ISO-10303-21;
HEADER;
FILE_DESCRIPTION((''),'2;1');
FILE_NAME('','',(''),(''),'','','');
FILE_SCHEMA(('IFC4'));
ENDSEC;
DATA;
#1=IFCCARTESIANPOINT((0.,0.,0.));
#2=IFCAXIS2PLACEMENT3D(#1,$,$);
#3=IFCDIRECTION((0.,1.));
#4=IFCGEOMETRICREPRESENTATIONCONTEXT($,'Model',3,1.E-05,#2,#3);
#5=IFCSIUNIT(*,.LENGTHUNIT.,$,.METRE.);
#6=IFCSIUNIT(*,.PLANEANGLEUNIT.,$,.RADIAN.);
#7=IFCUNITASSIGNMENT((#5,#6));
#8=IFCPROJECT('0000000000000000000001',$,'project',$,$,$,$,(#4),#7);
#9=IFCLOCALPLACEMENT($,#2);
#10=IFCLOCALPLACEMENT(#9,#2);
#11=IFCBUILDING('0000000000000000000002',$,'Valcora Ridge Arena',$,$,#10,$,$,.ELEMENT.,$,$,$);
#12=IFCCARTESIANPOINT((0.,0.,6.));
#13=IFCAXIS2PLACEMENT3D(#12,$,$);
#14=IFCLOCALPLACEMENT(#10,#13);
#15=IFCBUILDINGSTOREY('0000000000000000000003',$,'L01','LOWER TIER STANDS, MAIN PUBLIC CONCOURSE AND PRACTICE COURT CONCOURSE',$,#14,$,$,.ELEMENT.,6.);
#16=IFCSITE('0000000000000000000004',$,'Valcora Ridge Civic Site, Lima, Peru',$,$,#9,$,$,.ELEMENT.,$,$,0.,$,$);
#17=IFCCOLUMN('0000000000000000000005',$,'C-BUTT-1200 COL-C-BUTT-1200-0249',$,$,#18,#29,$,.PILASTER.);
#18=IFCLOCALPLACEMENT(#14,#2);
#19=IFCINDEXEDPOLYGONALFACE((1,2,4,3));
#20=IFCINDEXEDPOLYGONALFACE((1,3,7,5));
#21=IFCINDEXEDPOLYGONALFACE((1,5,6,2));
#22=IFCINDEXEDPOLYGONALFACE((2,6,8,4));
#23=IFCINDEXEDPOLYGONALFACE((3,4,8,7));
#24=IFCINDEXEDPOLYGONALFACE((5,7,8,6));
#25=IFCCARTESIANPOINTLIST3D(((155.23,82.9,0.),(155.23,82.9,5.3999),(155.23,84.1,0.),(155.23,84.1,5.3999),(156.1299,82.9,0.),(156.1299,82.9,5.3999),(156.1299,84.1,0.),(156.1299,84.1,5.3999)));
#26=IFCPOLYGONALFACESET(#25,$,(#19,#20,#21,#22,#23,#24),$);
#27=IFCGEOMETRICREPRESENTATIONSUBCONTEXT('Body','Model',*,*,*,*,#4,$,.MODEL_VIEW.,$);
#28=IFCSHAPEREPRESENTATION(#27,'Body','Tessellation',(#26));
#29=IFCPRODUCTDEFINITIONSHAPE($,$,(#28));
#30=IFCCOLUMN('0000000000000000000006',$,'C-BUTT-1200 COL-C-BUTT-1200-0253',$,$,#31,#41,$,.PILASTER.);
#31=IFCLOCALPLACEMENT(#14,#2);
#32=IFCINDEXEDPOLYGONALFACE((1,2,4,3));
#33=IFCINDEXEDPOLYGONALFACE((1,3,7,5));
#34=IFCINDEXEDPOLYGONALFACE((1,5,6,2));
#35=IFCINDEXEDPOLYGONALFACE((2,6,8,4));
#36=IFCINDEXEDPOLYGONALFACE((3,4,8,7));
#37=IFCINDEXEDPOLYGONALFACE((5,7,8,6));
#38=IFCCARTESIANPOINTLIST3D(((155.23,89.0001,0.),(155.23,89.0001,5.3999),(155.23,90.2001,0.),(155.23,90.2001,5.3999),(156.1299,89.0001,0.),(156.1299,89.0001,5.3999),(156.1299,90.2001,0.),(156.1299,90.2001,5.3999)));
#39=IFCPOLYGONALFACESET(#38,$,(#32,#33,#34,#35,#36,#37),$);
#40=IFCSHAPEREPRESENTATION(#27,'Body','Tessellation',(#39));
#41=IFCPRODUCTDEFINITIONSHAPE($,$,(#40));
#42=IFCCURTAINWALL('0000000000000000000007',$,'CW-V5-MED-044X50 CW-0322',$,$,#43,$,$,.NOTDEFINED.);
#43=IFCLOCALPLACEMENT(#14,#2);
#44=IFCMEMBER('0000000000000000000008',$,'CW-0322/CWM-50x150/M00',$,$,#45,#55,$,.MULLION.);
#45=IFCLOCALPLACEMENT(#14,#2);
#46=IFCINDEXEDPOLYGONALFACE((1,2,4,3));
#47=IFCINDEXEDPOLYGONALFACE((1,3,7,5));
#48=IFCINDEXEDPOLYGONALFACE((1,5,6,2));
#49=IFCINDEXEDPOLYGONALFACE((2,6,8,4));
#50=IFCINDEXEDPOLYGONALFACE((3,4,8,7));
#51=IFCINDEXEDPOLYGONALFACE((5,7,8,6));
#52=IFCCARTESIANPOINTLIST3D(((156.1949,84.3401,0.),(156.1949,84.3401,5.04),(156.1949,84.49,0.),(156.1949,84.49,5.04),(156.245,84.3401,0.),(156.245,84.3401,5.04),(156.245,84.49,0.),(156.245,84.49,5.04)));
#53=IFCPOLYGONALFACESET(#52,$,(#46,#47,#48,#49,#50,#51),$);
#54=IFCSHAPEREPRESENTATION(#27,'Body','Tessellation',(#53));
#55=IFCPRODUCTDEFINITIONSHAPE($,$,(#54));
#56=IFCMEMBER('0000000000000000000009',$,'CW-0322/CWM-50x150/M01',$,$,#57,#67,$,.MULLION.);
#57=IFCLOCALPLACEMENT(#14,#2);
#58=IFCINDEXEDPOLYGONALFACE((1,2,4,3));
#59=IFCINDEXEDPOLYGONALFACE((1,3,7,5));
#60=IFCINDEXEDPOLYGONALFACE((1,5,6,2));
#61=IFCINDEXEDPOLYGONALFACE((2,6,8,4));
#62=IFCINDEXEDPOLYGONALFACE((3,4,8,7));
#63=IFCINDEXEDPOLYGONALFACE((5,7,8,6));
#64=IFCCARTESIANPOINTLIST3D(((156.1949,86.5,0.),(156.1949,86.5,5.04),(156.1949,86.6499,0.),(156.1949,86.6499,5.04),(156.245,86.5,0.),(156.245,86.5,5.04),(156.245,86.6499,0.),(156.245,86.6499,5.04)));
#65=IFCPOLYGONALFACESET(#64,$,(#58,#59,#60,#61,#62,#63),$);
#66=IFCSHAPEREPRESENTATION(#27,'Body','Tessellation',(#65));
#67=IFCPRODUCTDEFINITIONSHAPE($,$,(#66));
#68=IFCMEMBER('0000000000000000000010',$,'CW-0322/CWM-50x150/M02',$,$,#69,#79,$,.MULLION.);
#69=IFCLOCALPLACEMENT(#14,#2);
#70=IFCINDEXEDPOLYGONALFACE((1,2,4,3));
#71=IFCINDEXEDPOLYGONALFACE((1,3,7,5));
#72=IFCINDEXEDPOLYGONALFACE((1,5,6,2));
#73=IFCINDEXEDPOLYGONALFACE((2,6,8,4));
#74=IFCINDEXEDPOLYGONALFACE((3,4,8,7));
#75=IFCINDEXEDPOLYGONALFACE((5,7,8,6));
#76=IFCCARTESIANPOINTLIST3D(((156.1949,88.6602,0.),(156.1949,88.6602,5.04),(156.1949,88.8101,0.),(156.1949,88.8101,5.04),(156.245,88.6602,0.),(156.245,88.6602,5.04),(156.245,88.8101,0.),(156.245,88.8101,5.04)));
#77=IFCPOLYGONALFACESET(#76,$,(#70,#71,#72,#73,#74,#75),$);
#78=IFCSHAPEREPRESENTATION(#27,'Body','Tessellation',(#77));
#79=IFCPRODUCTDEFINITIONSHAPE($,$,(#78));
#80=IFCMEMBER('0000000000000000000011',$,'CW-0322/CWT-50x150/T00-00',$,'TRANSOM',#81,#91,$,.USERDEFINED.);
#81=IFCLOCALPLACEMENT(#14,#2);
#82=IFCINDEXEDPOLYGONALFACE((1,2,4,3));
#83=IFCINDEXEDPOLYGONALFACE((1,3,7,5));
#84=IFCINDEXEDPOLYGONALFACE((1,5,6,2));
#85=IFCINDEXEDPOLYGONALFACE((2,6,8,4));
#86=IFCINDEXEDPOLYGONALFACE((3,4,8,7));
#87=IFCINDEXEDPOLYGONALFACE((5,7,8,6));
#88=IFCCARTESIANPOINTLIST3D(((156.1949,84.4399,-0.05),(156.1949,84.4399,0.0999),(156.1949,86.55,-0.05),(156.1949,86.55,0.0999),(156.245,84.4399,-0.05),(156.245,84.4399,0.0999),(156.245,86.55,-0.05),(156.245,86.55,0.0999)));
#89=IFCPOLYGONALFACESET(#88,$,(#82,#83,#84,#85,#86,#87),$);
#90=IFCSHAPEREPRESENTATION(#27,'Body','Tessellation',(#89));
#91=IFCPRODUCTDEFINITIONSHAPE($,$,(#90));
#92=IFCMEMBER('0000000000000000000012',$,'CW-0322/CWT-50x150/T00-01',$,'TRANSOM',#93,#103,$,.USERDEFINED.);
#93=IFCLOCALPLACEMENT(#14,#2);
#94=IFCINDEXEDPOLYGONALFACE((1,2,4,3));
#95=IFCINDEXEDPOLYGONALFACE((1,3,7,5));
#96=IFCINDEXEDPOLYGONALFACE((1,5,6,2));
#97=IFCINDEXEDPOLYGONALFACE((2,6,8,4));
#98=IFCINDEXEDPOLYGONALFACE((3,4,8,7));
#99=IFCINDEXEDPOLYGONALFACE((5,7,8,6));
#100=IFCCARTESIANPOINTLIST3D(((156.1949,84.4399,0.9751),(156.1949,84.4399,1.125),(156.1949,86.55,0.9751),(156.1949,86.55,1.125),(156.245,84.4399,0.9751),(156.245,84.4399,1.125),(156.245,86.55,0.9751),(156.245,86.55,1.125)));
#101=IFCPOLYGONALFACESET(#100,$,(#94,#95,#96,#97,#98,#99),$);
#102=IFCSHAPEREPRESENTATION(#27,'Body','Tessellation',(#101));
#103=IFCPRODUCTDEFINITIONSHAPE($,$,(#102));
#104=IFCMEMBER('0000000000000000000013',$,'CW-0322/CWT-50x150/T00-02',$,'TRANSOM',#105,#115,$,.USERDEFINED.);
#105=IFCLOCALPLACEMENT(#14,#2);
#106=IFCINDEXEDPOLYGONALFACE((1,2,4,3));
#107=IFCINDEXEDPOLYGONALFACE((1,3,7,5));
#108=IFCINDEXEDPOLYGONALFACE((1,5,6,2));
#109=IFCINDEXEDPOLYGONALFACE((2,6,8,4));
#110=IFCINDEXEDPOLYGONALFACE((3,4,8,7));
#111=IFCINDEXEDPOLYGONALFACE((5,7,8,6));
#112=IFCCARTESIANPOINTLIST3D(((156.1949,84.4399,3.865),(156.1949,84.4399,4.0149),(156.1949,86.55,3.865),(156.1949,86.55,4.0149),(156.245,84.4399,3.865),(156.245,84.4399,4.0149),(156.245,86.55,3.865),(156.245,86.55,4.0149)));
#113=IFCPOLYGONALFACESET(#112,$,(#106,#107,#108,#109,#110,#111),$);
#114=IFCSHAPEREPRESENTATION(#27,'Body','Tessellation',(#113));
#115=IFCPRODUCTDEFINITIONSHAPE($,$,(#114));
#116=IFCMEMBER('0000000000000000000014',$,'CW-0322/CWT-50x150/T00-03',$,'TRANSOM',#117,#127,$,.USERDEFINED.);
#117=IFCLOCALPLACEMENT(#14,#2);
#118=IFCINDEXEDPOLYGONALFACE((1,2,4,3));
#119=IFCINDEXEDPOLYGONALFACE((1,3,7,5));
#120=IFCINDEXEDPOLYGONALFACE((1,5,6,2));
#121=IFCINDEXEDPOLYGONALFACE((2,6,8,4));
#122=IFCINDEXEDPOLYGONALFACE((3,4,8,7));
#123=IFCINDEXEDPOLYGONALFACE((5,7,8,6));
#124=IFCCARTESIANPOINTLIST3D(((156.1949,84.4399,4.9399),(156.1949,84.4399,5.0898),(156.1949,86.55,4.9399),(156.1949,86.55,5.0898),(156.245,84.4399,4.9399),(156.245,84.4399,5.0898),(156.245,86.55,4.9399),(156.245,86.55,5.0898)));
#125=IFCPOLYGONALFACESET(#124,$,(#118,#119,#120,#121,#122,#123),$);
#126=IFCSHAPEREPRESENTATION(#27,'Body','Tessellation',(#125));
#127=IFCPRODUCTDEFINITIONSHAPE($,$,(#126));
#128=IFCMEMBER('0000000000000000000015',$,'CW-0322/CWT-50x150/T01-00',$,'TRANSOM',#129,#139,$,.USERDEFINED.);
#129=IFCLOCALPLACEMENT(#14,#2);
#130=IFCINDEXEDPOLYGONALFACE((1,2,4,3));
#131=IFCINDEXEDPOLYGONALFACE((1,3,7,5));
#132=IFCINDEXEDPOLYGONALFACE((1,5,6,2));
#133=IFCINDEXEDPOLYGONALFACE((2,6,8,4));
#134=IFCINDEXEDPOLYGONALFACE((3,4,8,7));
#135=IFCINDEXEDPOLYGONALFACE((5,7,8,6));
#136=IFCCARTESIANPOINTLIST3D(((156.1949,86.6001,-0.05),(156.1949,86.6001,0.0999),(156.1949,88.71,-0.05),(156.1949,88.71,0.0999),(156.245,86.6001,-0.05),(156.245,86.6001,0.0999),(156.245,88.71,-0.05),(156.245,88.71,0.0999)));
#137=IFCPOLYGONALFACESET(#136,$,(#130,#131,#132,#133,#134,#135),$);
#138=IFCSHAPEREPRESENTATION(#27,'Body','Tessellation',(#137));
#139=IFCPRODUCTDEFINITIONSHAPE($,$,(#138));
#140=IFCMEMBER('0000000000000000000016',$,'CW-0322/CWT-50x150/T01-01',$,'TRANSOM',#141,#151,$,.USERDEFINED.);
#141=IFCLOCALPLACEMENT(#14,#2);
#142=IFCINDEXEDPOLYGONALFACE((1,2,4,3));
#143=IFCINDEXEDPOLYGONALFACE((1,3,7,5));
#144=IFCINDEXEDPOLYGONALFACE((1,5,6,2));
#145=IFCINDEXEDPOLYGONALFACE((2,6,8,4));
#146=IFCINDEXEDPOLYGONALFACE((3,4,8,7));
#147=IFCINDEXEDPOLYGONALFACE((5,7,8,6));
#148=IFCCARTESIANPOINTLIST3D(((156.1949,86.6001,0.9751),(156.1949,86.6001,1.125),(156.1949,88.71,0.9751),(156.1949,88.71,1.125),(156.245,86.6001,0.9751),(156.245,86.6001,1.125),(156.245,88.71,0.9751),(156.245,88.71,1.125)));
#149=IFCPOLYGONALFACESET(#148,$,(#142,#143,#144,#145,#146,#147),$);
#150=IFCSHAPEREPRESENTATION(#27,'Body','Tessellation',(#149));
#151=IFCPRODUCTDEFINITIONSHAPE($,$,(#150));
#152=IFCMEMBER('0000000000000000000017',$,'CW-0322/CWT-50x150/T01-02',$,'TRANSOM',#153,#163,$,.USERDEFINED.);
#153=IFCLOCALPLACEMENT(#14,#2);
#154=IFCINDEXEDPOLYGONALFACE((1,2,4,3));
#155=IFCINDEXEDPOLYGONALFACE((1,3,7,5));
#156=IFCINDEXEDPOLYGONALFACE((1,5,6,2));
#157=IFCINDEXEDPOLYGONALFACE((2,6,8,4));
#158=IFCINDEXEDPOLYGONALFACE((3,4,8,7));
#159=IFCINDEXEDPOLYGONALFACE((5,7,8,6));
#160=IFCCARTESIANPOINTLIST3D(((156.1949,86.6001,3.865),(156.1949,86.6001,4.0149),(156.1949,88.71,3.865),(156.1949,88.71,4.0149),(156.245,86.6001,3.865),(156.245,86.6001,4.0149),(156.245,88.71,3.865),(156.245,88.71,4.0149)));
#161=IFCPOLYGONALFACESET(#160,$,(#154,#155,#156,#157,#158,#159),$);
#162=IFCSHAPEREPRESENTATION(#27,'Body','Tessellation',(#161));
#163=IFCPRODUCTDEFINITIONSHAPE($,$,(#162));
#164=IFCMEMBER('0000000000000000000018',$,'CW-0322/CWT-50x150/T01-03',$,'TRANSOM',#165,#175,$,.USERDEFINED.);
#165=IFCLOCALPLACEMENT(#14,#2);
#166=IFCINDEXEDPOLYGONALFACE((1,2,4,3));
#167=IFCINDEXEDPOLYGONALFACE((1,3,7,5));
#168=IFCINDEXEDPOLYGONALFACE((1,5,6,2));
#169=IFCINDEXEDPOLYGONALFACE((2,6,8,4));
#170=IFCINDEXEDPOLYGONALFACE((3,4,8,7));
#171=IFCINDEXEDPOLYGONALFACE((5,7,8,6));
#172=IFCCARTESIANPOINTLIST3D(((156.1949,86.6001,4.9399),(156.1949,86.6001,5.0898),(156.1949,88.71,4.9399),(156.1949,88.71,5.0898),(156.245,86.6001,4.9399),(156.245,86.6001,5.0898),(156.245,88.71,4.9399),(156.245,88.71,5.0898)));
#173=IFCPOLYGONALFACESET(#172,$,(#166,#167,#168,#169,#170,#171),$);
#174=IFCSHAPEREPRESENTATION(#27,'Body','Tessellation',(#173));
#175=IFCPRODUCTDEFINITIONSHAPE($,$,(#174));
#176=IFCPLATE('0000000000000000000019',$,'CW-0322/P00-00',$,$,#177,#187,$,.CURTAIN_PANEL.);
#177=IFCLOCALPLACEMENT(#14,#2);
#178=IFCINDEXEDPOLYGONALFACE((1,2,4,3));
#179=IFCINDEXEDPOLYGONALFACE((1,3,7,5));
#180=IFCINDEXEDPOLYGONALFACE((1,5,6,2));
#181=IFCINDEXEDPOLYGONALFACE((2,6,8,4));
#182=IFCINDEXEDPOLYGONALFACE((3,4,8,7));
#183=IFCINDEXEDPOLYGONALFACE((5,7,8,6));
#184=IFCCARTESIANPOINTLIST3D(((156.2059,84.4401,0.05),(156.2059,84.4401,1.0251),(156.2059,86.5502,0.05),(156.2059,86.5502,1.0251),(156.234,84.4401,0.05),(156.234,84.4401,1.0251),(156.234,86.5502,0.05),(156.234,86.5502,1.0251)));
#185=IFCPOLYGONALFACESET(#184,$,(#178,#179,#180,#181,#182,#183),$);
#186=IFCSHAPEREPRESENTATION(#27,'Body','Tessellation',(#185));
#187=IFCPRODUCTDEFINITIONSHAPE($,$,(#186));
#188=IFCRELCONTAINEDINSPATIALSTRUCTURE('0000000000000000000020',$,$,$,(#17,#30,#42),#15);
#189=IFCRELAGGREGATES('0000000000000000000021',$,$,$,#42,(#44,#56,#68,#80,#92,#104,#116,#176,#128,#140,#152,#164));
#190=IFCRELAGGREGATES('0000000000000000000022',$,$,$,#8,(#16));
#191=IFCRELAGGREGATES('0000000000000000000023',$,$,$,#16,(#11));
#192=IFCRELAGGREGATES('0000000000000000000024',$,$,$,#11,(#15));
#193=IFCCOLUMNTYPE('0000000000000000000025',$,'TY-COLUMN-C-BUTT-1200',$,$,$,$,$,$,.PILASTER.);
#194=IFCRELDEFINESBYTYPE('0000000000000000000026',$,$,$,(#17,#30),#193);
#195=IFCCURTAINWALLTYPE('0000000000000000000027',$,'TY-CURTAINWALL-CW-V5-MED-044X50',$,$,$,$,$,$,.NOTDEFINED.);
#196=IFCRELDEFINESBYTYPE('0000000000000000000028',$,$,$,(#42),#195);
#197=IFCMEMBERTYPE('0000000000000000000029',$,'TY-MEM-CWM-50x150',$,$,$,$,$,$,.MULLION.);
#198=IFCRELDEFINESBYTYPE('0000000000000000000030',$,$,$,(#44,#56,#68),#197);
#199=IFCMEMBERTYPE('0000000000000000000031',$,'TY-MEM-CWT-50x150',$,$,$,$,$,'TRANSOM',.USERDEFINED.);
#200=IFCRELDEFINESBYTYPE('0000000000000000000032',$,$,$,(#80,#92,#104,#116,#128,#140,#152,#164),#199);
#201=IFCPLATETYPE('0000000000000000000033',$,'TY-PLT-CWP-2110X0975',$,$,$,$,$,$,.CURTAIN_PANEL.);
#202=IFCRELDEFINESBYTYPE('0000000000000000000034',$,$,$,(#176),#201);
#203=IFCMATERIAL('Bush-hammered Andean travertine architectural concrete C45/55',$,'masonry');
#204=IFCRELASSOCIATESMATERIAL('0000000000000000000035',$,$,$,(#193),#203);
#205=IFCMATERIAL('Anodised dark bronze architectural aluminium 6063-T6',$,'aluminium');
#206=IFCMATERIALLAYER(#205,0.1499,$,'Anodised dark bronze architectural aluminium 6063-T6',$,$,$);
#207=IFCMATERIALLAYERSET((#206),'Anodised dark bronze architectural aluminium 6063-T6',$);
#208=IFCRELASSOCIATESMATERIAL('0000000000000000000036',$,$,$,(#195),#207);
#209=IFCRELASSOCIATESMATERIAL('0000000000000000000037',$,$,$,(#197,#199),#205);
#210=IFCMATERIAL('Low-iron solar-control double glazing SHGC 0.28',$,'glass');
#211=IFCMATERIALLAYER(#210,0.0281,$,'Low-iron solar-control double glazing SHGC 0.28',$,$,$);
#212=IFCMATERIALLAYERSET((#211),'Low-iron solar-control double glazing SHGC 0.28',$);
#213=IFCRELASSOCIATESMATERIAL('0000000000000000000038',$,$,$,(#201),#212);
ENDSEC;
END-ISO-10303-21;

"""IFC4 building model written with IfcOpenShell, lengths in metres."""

from ifc_helpers import new_model, si_unit, direction, frame, origin, origin_2d, place, context, subcontext, project, spatial, rectangle, extrude, material, layer, layer_set, material_profile, profile_set, type_object, element, aggregate, save


model = new_model("IFC4")

# Units and contexts
model_context = context("Model", 3, precision=1e-05, world=origin(), true_north=direction((0.0, 1.0)))
body_context = subcontext(model_context, "Body", "Model", "MODEL_VIEW")
ifc_project = project(units=[si_unit("LENGTHUNIT", "METRE"), si_unit("PLANEANGLEUNIT", "RADIAN")], contexts=[model_context])

# Site, building, storey
site_placement = place(None, origin())
site = spatial("IfcSite", under=ifc_project, at=site_placement, Name="Valcora Ridge Civic Site, Lima, Peru", CompositionType="ELEMENT", RefElevation=0.0)
building_placement = place(site_placement, origin())
building = spatial("IfcBuilding", under=site, at=building_placement, Name="Valcora Ridge Arena", CompositionType="ELEMENT")
storey_placement = place(building_placement, frame((0.0, 0.0, 6.0)))
storey = spatial("IfcBuildingStorey", under=building, at=storey_placement, Name="L01", Description="LOWER TIER STANDS, MAIN PUBLIC CONCOURSE AND PRACTICE COURT CONCOURSE", CompositionType="ELEMENT", Elevation=6.0)

# Columns
ifc_material_1 = material(Name="Bush-hammered Andean travertine architectural concrete C45/55", Category="masonry")
ifc_material_profile_1 = material_profile(ifc_material_1, rectangle(XDim=0.8999, YDim=1.2, at=origin_2d()), Name="RC 900x1200")
ifc_profile_set_1 = profile_set([ifc_material_profile_1], Name="Bush-hammered Andean travertine architectural concrete C45/55")
column_type = type_object("IfcColumnType", Name="TY-COLUMN-C-BUTT-1200", PredefinedType="PILASTER", material=ifc_profile_set_1)
for number, where, z_axis, x_axis, name in (
    (1, (155.6799, 83.5, 0.0), (0.0, 0.0, 1.0), (1.0, 0.0, 0.0), "C-BUTT-1200 COL-C-BUTT-1200-0249"),
    (2, (155.6799, 89.6001, 0.0), (0.0, 0.0, 1.0), (1.0, 0.0, 0.0), "C-BUTT-1200 COL-C-BUTT-1200-0253"),
):
    element("IfcColumn", number, at=place(storey_placement, frame(where, z_axis=z_axis, x_axis=x_axis)), inside=storey, type_object=column_type, Name=name, PredefinedType="PILASTER", context=body_context, shape_type="SweptSolid", body=[
        extrude(rectangle(XDim=0.8999, YDim=1.2, at=origin_2d()), origin(), (0.0, 0.0, 1.0), 5.3999),
    ])

# Curtain wall, members, plate
ifc_material_2 = material(Name="Anodised dark bronze architectural aluminium 6063-T6", Category="aluminium")
ifc_layer_1 = layer(ifc_material_2, 0.1499, Name="Anodised dark bronze architectural aluminium 6063-T6")
ifc_layer_set_1 = layer_set([ifc_layer_1], Name="Anodised dark bronze architectural aluminium 6063-T6")
curtain_wall_type = type_object("IfcCurtainWallType", Name="TY-CURTAINWALL-CW-V5-MED-044X50", PredefinedType="NOTDEFINED", material=ifc_layer_set_1)
curtain_wall_placement = place(storey_placement, origin())
curtain_wall = element("IfcCurtainWall", 3, at=curtain_wall_placement, inside=storey, type_object=curtain_wall_type, Name="CW-V5-MED-044X50 CW-0322", PredefinedType="NOTDEFINED")
ifc_material_profile_2 = material_profile(ifc_material_2, rectangle(XDim=0.05, YDim=0.1499, at=origin_2d()), Name="ALU MULLION 50x150")
ifc_profile_set_2 = profile_set([ifc_material_profile_2], Name="Anodised dark bronze architectural aluminium 6063-T6")
member_type_1 = type_object("IfcMemberType", Name="TY-MEM-CWM-50x150", PredefinedType="MULLION", material=ifc_profile_set_2)
member_1_placement = place(storey_placement, frame((156.22, 84.415, 0.0), z_axis=(0.0, 0.0, 1.0), x_axis=(-1.0, 0.0, 0.0)))
member_1 = element("IfcMember", 4, at=member_1_placement, type_object=member_type_1, Name="CW-0322/CWM-50x150/M00", PredefinedType="MULLION", context=body_context, shape_type="SweptSolid", body=[
    extrude(rectangle(XDim=0.05, YDim=0.1499, at=origin_2d()), origin(), (0.0, 0.0, 1.0), 5.04),
])
member_2_placement = place(storey_placement, frame((156.22, 86.575, 0.0), z_axis=(0.0, 0.0, 1.0), x_axis=(-1.0, 0.0, 0.0)))
member_2 = element("IfcMember", 5, at=member_2_placement, type_object=member_type_1, Name="CW-0322/CWM-50x150/M01", PredefinedType="MULLION", context=body_context, shape_type="SweptSolid", body=[
    extrude(rectangle(XDim=0.05, YDim=0.1499, at=origin_2d()), origin(), (0.0, 0.0, 1.0), 5.04),
])
member_3_placement = place(storey_placement, frame((156.22, 88.7351, 0.0), z_axis=(0.0, 0.0, 1.0), x_axis=(-1.0, 0.0, 0.0)))
member_3 = element("IfcMember", 6, at=member_3_placement, type_object=member_type_1, Name="CW-0322/CWM-50x150/M02", PredefinedType="MULLION", context=body_context, shape_type="SweptSolid", body=[
    extrude(rectangle(XDim=0.05, YDim=0.1499, at=origin_2d()), origin(), (0.0, 0.0, 1.0), 5.04),
])
ifc_material_profile_3 = material_profile(ifc_material_2, rectangle(XDim=0.05, YDim=0.1499, at=origin_2d()), Name="ALU TRANSOM 50x150")
ifc_profile_set_3 = profile_set([ifc_material_profile_3], Name="Anodised dark bronze architectural aluminium 6063-T6")
member_type_2 = type_object("IfcMemberType", Name="TY-MEM-CWT-50x150", ElementType="TRANSOM", PredefinedType="USERDEFINED", material=ifc_profile_set_3)
member_4_placement = place(storey_placement, frame((156.22, 84.4399, 0.0249), z_axis=(0.0, 1.0, 0.0), x_axis=(-1.0, 0.0, 0.0)))
member_4 = element("IfcMember", 7, at=member_4_placement, type_object=member_type_2, Name="CW-0322/CWT-50x150/T00-00", ObjectType="TRANSOM", PredefinedType="USERDEFINED", context=body_context, shape_type="SweptSolid", body=[
    extrude(rectangle(XDim=0.05, YDim=0.1499, at=origin_2d()), origin(), (0.0, 0.0, 1.0), 2.1101),
])
member_5_placement = place(storey_placement, frame((156.22, 84.4399, 1.05), z_axis=(0.0, 1.0, 0.0), x_axis=(-1.0, 0.0, 0.0)))
member_5 = element("IfcMember", 8, at=member_5_placement, type_object=member_type_2, Name="CW-0322/CWT-50x150/T00-01", ObjectType="TRANSOM", PredefinedType="USERDEFINED", context=body_context, shape_type="SweptSolid", body=[
    extrude(rectangle(XDim=0.05, YDim=0.1499, at=origin_2d()), origin(), (0.0, 0.0, 1.0), 2.1101),
])
member_6_placement = place(storey_placement, frame((156.22, 84.4399, 3.9399), z_axis=(0.0, 1.0, 0.0), x_axis=(-1.0, 0.0, 0.0)))
member_6 = element("IfcMember", 9, at=member_6_placement, type_object=member_type_2, Name="CW-0322/CWT-50x150/T00-02", ObjectType="TRANSOM", PredefinedType="USERDEFINED", context=body_context, shape_type="SweptSolid", body=[
    extrude(rectangle(XDim=0.05, YDim=0.1499, at=origin_2d()), origin(), (0.0, 0.0, 1.0), 2.1101),
])
member_7_placement = place(storey_placement, frame((156.22, 84.4399, 5.0149), z_axis=(0.0, 1.0, 0.0), x_axis=(-1.0, 0.0, 0.0)))
member_7 = element("IfcMember", 10, at=member_7_placement, type_object=member_type_2, Name="CW-0322/CWT-50x150/T00-03", ObjectType="TRANSOM", PredefinedType="USERDEFINED", context=body_context, shape_type="SweptSolid", body=[
    extrude(rectangle(XDim=0.05, YDim=0.1499, at=origin_2d()), origin(), (0.0, 0.0, 1.0), 2.1101),
])
member_8_placement = place(storey_placement, frame((156.22, 86.6001, 0.0249), z_axis=(0.0, 1.0, 0.0), x_axis=(-1.0, 0.0, 0.0)))
member_8 = element("IfcMember", 11, at=member_8_placement, type_object=member_type_2, Name="CW-0322/CWT-50x150/T01-00", ObjectType="TRANSOM", PredefinedType="USERDEFINED", context=body_context, shape_type="SweptSolid", body=[
    extrude(rectangle(XDim=0.05, YDim=0.1499, at=origin_2d()), origin(), (0.0, 0.0, 1.0), 2.1099),
])
member_9_placement = place(storey_placement, frame((156.22, 86.6001, 1.05), z_axis=(0.0, 1.0, 0.0), x_axis=(-1.0, 0.0, 0.0)))
member_9 = element("IfcMember", 12, at=member_9_placement, type_object=member_type_2, Name="CW-0322/CWT-50x150/T01-01", ObjectType="TRANSOM", PredefinedType="USERDEFINED", context=body_context, shape_type="SweptSolid", body=[
    extrude(rectangle(XDim=0.05, YDim=0.1499, at=origin_2d()), origin(), (0.0, 0.0, 1.0), 2.1099),
])
member_10_placement = place(storey_placement, frame((156.22, 86.6001, 3.9399), z_axis=(0.0, 1.0, 0.0), x_axis=(-1.0, 0.0, 0.0)))
member_10 = element("IfcMember", 13, at=member_10_placement, type_object=member_type_2, Name="CW-0322/CWT-50x150/T01-02", ObjectType="TRANSOM", PredefinedType="USERDEFINED", context=body_context, shape_type="SweptSolid", body=[
    extrude(rectangle(XDim=0.05, YDim=0.1499, at=origin_2d()), origin(), (0.0, 0.0, 1.0), 2.1099),
])
member_11_placement = place(storey_placement, frame((156.22, 86.6001, 5.0149), z_axis=(0.0, 1.0, 0.0), x_axis=(-1.0, 0.0, 0.0)))
member_11 = element("IfcMember", 14, at=member_11_placement, type_object=member_type_2, Name="CW-0322/CWT-50x150/T01-03", ObjectType="TRANSOM", PredefinedType="USERDEFINED", context=body_context, shape_type="SweptSolid", body=[
    extrude(rectangle(XDim=0.05, YDim=0.1499, at=origin_2d()), origin(), (0.0, 0.0, 1.0), 2.1099),
])
ifc_material_3 = material(Name="Low-iron solar-control double glazing SHGC 0.28", Category="glass")
ifc_layer_2 = layer(ifc_material_3, 0.0281, Name="Low-iron solar-control double glazing SHGC 0.28")
ifc_layer_set_2 = layer_set([ifc_layer_2], Name="Low-iron solar-control double glazing SHGC 0.28")
plate_type_1 = type_object("IfcPlateType", Name="TY-PLT-CWP-2110X0975", PredefinedType="CURTAIN_PANEL", material=ifc_layer_set_2)
plate_1_placement = place(storey_placement, frame((156.22, 85.4951, 0.05), z_axis=(0.0, 0.0, 1.0), x_axis=(0.0, 1.0, 0.0)))
plate_1 = element("IfcPlate", 15, at=plate_1_placement, type_object=plate_type_1, Name="CW-0322/P00-00", PredefinedType="CURTAIN_PANEL", context=body_context, shape_type="SweptSolid", body=[
    extrude(rectangle(XDim=2.1101, YDim=0.0281, at=origin_2d()), origin(), (0.0, 0.0, 1.0), 0.9751),
])
aggregate(curtain_wall, [member_1, member_2, member_3, member_4, member_5, member_6, member_7, plate_1, member_8, member_9, member_10, member_11])

save(model, "model.ifc")
